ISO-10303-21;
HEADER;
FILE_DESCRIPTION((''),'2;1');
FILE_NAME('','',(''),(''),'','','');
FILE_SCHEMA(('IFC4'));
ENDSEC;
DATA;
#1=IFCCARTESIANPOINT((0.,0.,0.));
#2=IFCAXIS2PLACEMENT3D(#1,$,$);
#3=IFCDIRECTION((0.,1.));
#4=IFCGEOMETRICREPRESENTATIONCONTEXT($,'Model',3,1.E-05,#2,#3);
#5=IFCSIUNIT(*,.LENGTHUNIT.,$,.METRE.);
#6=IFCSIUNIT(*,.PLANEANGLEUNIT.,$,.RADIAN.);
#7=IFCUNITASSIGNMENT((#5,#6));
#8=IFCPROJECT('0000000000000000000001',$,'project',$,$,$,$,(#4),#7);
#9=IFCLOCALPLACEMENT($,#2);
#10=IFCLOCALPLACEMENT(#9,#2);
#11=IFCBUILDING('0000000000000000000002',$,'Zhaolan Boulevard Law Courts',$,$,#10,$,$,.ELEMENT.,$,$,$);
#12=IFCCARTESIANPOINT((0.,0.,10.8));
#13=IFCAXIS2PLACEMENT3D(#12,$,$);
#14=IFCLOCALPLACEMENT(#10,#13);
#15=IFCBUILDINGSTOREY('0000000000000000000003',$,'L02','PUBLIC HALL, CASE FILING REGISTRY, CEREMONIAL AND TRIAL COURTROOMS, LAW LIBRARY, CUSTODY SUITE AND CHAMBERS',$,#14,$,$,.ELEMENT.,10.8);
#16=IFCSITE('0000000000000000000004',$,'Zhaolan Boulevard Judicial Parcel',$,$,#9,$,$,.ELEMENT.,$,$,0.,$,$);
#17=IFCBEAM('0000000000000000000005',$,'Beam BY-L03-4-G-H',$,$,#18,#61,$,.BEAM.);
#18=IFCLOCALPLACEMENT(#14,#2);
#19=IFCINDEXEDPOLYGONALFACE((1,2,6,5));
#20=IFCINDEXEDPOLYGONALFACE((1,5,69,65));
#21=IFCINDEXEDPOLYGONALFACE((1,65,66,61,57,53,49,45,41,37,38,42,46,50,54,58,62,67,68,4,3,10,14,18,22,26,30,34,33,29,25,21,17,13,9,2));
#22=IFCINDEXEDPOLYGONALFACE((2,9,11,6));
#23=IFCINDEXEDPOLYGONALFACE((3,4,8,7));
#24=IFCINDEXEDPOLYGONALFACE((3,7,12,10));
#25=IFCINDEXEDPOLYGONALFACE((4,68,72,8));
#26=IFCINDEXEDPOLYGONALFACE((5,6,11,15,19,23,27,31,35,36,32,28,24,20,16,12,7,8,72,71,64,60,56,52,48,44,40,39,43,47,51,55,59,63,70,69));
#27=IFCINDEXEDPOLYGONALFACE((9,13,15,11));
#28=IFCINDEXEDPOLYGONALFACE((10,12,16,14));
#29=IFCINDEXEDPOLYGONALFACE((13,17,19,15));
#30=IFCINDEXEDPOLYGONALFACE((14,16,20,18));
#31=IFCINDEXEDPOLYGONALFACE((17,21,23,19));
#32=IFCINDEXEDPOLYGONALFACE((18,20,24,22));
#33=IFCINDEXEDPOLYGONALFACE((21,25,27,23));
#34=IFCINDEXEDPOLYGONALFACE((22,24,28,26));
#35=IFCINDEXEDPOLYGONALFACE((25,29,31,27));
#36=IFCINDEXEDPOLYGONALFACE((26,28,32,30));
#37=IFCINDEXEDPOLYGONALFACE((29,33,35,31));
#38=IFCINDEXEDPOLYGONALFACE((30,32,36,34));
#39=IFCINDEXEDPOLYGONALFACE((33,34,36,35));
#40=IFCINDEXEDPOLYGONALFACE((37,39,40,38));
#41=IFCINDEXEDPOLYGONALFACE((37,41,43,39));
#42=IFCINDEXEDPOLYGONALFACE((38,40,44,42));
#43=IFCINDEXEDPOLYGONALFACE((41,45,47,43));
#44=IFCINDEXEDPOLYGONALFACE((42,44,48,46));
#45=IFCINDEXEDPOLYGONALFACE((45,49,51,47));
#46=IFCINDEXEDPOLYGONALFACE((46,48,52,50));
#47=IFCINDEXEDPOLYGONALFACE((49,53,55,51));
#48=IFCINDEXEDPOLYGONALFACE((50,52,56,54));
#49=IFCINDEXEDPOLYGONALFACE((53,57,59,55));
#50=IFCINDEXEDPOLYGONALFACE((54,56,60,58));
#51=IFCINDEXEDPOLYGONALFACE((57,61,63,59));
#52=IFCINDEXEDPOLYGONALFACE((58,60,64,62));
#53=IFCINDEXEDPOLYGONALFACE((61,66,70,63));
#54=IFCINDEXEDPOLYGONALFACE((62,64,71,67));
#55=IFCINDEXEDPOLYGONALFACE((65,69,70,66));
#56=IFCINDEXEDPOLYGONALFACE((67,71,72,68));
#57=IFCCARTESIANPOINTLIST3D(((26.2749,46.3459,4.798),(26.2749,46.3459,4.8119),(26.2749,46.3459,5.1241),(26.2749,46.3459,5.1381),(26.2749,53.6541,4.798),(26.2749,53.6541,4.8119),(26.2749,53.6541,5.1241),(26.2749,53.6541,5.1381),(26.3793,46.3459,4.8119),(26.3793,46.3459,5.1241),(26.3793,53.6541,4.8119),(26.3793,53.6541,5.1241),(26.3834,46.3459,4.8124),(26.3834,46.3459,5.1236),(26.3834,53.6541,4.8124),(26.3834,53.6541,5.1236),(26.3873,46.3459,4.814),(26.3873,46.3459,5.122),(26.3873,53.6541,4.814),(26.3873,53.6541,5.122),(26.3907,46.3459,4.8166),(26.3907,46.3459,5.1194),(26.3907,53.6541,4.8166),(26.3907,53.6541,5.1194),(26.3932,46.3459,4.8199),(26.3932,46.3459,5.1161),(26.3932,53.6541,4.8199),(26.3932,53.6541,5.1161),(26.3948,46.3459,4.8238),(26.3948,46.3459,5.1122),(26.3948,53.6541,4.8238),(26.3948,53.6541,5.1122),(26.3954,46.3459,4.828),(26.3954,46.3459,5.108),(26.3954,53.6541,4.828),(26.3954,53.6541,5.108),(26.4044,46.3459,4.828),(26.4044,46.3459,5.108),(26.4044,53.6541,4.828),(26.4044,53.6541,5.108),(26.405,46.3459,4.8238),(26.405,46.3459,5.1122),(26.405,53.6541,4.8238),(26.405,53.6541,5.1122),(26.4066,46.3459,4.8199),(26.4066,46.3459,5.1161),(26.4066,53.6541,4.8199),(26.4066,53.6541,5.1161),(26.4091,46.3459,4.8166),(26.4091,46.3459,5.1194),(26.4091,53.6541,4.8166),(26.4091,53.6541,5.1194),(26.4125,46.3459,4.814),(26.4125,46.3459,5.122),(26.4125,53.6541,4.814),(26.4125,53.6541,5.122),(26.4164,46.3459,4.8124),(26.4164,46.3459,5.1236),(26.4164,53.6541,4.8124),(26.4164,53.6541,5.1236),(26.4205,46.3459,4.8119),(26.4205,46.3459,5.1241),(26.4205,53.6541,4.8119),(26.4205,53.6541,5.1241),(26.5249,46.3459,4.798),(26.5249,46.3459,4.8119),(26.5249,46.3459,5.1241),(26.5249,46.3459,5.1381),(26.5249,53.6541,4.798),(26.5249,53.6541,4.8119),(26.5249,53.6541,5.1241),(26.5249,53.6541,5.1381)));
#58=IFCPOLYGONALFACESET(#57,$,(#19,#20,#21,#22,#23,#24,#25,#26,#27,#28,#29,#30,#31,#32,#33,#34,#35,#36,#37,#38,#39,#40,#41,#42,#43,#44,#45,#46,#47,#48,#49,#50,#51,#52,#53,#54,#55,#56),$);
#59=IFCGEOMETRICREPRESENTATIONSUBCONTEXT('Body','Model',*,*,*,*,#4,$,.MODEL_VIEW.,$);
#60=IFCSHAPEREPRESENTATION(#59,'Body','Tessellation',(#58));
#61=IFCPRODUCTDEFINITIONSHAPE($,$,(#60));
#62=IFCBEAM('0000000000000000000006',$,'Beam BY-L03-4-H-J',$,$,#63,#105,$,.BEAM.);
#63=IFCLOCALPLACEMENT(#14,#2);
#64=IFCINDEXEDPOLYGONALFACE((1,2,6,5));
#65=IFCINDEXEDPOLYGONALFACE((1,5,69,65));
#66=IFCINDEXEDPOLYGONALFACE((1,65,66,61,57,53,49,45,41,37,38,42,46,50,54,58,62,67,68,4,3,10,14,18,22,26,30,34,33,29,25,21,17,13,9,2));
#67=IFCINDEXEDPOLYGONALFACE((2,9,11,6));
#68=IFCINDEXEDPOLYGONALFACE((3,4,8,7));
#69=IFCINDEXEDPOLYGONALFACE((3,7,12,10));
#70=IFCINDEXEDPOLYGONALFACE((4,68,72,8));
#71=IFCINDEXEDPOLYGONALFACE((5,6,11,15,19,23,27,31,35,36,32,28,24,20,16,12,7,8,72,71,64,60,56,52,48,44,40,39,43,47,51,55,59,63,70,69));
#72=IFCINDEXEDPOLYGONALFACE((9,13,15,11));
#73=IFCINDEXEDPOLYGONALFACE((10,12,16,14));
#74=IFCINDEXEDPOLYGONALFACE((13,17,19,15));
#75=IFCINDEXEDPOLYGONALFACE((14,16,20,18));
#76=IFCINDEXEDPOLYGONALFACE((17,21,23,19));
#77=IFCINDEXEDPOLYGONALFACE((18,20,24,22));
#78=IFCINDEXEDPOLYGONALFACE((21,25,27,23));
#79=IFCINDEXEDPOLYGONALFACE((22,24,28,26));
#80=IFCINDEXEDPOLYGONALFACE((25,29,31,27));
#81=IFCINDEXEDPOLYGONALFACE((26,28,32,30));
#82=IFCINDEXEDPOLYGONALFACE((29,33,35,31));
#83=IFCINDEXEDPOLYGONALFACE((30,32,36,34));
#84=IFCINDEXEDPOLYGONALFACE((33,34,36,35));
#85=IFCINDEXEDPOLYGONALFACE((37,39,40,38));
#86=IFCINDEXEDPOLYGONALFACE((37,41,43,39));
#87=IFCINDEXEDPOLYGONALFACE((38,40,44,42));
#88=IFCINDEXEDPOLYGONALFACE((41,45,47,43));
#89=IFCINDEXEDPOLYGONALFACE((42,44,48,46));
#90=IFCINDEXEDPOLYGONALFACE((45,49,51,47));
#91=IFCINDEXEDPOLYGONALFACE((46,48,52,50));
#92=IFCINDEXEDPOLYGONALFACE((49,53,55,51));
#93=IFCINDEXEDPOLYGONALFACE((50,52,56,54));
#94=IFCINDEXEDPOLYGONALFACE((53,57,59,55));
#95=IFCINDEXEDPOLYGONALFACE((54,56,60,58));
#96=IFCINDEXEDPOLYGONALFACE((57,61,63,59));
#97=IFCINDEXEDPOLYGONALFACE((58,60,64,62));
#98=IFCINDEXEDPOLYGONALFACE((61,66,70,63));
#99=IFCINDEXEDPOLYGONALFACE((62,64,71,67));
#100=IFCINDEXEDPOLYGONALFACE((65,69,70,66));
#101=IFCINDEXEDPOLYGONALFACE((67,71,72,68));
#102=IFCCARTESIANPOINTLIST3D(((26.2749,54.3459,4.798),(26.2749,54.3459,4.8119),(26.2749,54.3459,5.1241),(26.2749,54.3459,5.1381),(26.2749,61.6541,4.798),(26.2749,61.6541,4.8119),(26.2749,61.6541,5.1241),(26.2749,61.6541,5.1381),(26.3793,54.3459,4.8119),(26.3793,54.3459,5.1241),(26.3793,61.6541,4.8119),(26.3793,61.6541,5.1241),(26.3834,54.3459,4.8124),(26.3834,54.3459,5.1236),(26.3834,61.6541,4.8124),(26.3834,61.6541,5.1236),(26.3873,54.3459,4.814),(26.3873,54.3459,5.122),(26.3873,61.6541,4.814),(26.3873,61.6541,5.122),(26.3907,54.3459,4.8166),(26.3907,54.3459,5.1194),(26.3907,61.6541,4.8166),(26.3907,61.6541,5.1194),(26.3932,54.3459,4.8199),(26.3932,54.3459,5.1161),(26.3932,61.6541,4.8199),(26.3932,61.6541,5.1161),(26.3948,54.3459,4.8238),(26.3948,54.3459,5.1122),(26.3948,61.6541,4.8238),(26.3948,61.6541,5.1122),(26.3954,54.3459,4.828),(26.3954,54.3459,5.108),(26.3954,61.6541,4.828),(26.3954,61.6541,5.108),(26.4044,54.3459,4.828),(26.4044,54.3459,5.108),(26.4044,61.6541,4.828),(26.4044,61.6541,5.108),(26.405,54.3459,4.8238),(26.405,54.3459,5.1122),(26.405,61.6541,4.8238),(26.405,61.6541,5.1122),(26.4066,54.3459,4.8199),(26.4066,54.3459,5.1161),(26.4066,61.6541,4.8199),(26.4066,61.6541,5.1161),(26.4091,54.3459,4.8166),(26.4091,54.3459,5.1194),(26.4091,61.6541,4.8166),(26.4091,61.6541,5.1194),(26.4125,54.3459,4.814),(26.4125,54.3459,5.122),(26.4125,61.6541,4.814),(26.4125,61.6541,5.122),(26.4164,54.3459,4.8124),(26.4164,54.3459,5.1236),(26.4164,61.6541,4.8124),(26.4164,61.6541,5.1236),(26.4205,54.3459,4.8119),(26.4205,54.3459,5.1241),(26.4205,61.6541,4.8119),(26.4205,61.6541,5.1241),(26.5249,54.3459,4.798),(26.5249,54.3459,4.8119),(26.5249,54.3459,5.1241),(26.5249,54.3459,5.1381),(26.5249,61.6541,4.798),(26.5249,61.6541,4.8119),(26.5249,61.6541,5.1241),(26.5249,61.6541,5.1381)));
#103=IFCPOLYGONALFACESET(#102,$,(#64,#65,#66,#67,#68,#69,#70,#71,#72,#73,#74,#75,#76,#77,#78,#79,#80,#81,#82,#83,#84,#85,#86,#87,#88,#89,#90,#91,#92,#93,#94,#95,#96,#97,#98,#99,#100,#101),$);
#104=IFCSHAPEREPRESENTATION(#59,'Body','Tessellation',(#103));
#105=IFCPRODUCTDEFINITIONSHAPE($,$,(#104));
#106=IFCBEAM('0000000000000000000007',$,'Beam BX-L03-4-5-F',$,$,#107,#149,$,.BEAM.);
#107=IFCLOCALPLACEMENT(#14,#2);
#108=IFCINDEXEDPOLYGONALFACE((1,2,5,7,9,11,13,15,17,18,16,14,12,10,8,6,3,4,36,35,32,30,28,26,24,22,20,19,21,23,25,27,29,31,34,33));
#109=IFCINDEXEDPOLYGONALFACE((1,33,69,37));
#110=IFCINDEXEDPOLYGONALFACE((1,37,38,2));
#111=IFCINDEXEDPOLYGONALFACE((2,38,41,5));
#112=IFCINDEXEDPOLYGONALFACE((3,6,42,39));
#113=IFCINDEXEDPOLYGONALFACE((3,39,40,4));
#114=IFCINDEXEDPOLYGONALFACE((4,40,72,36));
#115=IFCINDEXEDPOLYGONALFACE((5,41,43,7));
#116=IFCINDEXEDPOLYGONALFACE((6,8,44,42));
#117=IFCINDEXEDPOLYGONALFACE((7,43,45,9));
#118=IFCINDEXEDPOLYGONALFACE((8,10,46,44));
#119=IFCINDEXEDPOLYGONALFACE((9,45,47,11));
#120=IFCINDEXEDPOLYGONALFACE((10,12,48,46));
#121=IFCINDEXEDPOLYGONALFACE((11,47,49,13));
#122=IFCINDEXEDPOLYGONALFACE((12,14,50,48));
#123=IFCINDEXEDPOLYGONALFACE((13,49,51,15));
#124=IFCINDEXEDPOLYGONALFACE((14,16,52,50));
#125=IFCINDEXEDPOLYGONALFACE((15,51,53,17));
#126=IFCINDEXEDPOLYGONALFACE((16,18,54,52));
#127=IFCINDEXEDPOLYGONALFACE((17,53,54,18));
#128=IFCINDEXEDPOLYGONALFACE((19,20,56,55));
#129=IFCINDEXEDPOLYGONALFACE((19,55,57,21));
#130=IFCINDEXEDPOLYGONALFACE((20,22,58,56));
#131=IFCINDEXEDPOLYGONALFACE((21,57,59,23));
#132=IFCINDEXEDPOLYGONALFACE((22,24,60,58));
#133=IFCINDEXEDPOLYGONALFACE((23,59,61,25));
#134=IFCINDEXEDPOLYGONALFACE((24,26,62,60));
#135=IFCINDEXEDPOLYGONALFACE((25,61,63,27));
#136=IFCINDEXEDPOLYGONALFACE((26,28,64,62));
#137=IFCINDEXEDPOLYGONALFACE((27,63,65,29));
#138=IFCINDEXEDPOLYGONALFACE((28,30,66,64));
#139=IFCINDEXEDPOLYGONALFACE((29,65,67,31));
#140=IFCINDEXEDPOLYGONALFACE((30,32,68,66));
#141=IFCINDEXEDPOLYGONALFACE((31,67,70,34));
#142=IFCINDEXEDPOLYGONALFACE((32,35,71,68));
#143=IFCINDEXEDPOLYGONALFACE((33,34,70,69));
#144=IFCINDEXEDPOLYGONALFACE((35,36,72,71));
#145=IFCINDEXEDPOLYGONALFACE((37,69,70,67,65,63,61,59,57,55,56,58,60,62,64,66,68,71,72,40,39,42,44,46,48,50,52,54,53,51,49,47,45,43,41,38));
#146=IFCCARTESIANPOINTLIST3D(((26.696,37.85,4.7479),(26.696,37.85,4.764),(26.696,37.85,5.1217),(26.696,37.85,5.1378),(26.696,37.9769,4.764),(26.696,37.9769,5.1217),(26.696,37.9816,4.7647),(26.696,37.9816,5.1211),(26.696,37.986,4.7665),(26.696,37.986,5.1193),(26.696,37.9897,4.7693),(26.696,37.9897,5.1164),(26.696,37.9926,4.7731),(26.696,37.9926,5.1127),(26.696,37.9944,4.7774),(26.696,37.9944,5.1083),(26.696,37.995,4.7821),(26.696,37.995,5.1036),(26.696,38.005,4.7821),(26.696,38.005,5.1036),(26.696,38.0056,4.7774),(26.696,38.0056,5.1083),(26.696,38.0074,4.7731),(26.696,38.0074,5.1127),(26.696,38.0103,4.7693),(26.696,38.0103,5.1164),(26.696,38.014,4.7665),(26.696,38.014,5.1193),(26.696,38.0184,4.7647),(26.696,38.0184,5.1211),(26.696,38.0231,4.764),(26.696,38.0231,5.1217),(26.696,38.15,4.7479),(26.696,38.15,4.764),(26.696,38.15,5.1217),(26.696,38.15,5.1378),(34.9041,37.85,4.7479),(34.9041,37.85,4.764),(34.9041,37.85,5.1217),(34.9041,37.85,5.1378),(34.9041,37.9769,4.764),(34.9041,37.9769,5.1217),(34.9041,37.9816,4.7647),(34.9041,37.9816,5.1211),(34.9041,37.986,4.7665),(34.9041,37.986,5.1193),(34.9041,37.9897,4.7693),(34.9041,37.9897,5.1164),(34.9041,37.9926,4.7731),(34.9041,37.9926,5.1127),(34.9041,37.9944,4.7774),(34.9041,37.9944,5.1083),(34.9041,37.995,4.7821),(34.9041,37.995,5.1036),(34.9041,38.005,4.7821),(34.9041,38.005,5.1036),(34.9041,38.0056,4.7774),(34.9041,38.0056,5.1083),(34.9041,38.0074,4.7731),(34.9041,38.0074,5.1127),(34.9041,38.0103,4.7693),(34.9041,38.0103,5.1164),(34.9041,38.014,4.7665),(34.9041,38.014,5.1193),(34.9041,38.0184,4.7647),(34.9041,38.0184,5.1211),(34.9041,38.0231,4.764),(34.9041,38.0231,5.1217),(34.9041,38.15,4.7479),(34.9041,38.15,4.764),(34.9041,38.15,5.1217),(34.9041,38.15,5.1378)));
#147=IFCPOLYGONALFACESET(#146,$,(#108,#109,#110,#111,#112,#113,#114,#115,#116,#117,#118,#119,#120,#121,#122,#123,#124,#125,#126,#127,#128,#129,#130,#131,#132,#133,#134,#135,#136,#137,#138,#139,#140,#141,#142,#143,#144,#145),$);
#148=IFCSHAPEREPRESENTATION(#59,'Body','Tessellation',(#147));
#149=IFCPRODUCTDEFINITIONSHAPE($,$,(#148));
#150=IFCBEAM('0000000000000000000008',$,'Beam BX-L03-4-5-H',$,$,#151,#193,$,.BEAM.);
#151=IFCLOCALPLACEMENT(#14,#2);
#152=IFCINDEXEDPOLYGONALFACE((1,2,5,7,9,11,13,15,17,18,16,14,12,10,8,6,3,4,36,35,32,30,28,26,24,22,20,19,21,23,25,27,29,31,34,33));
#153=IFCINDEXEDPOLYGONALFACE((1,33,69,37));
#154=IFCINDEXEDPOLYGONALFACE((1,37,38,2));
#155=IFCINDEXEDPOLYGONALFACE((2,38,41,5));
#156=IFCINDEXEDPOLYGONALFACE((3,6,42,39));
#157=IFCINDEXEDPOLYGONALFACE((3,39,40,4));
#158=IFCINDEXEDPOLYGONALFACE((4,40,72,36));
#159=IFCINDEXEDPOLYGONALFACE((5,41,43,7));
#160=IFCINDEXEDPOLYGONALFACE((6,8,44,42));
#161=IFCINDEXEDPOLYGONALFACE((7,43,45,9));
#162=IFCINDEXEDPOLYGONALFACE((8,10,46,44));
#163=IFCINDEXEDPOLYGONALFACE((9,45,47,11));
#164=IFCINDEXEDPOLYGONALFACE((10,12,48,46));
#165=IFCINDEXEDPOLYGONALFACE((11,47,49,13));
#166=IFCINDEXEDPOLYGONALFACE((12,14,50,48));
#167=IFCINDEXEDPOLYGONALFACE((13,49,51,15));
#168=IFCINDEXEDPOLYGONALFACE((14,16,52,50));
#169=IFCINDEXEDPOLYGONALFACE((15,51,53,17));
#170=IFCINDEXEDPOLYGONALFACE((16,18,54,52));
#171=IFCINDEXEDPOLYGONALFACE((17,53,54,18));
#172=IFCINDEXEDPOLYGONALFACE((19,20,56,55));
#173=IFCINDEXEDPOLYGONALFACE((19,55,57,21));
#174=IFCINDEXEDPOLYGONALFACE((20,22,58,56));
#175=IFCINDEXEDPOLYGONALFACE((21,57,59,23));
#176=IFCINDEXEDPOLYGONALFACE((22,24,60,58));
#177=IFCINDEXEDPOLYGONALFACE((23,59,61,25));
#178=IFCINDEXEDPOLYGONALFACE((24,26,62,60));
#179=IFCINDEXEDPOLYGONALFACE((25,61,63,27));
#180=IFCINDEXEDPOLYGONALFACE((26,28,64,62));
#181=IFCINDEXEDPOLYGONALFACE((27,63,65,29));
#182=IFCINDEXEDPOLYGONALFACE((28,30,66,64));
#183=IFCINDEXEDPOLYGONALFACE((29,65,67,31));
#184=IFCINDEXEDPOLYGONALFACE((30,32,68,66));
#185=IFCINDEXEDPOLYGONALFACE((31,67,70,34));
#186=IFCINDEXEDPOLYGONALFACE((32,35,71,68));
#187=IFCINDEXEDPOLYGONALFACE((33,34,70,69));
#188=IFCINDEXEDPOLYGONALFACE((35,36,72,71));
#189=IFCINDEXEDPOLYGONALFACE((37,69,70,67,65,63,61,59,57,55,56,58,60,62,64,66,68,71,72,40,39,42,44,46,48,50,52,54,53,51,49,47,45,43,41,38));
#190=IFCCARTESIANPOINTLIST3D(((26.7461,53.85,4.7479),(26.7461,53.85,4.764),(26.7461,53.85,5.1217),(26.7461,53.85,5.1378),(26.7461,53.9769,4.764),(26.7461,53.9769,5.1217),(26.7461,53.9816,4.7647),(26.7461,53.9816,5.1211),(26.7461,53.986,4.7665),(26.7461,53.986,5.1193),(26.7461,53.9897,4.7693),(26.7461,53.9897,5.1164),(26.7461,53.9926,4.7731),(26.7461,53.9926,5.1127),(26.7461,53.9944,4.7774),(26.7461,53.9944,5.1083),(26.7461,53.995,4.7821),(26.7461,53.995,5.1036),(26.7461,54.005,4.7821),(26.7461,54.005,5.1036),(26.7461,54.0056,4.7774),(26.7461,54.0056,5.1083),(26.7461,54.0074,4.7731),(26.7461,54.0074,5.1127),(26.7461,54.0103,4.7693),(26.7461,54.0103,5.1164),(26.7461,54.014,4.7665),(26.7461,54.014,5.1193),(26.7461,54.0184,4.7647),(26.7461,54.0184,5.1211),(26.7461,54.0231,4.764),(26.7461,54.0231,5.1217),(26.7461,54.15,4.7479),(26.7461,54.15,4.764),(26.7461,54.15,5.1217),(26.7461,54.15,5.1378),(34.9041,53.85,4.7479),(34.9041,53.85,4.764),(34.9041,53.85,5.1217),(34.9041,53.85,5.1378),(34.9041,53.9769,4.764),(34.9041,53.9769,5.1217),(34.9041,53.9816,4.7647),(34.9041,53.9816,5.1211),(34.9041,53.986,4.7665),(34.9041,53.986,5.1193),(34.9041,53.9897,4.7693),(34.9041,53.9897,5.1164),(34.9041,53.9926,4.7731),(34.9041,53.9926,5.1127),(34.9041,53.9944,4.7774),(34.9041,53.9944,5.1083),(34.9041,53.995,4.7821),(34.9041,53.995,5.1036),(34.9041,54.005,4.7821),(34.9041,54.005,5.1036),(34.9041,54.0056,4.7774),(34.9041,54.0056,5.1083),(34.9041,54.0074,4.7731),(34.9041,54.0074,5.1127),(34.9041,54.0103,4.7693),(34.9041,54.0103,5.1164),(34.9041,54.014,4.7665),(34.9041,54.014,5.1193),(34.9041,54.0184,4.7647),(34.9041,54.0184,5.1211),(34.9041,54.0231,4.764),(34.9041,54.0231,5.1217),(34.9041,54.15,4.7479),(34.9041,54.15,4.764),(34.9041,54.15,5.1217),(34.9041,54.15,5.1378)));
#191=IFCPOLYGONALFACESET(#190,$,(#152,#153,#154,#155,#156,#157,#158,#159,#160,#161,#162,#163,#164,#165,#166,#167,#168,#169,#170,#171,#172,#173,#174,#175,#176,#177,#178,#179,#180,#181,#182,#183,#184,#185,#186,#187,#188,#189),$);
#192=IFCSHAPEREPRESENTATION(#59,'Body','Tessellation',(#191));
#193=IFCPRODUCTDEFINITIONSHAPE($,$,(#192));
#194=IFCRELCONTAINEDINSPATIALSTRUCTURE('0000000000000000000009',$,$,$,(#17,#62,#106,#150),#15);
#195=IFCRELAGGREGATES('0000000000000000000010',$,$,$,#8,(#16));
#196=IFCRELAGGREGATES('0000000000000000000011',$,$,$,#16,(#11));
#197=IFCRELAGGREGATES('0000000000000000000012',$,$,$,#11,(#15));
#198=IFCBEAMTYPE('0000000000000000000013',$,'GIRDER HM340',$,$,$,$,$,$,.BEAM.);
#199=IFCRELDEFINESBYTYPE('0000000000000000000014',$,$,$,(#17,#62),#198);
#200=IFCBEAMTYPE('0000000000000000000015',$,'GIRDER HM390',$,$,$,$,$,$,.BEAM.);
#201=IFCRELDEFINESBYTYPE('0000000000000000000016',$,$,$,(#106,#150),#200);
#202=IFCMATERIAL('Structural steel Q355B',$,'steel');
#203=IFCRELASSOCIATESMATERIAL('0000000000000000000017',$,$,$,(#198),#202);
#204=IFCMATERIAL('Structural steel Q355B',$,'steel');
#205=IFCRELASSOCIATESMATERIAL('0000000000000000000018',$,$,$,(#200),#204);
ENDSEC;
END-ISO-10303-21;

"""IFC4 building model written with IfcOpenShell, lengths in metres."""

from ifc_helpers import new_model, si_unit, direction, frame, origin, origin_2d, place, context, subcontext, project, spatial, i_section, extrude, material, material_profile, profile_set, type_object, element, save


model = new_model("IFC4")

# Units and contexts
model_context = context("Model", 3, precision=1e-05, world=origin(), true_north=direction((0.0, 1.0)))
body_context = subcontext(model_context, "Body", "Model", "MODEL_VIEW")
ifc_project = project(units=[si_unit("LENGTHUNIT", "METRE"), si_unit("PLANEANGLEUNIT", "RADIAN")], contexts=[model_context])

# Site, building, storey
site_placement = place(None, origin())
site = spatial("IfcSite", under=ifc_project, at=site_placement, Name="Zhaolan Boulevard Judicial Parcel", CompositionType="ELEMENT", RefElevation=0.0)
building_placement = place(site_placement, origin())
building = spatial("IfcBuilding", under=site, at=building_placement, Name="Zhaolan Boulevard Law Courts", CompositionType="ELEMENT")
storey_placement = place(building_placement, frame((0.0, 0.0, 10.8)))
storey = spatial("IfcBuildingStorey", under=building, at=storey_placement, Name="L02", Description="PUBLIC HALL, CASE FILING REGISTRY, CEREMONIAL AND TRIAL COURTROOMS, LAW LIBRARY, CUSTODY SUITE AND CHAMBERS", CompositionType="ELEMENT", Elevation=10.8)

# Beams
ifc_material_1 = material(Name="Structural steel Q355B", Category="steel")
ifc_material_profile_1 = material_profile(ifc_material_1, i_section(OverallWidth=0.25, OverallDepth=0.3401, WebThickness=0.009, FlangeThickness=0.0139, FilletRadius=0.0161, at=origin_2d()), Name="HM340x250")
ifc_profile_set_1 = profile_set([ifc_material_profile_1], Name="Structural steel Q355B")
beam_type_1 = type_object("IfcBeamType", Name="GIRDER HM340", PredefinedType="BEAM", material=ifc_profile_set_1)
for number, where, z_axis, x_axis, name in (
    (1, (26.3999, 46.3459, 4.968), (0.0, 1.0, 0.0), (-1.0, 0.0, 0.0), "Beam BY-L03-4-G-H"),
    (2, (26.3999, 54.3459, 4.968), (0.0, 1.0, 0.0), (-1.0, 0.0, 0.0), "Beam BY-L03-4-H-J"),
):
    element("IfcBeam", number, at=place(storey_placement, frame(where, z_axis=z_axis, x_axis=x_axis)), inside=storey, type_object=beam_type_1, Name=name, PredefinedType="BEAM", context=body_context, shape_type="SweptSolid", body=[
        extrude(i_section(OverallWidth=0.25, OverallDepth=0.3401, WebThickness=0.009, FlangeThickness=0.0139, FilletRadius=0.0161, at=origin_2d()), origin(), (0.0, 0.0, 1.0), 7.3081),
    ])
ifc_material_2 = material(Name="Structural steel Q355B", Category="steel")
ifc_material_profile_2 = material_profile(ifc_material_2, i_section(OverallWidth=0.3, OverallDepth=0.3899, WebThickness=0.01, FlangeThickness=0.0161, FilletRadius=0.0181, at=origin_2d()), Name="HM390x300")
ifc_profile_set_2 = profile_set([ifc_material_profile_2], Name="Structural steel Q355B")
beam_type_2 = type_object("IfcBeamType", Name="GIRDER HM390", PredefinedType="BEAM", material=ifc_profile_set_2)
beam_1_placement = place(storey_placement, frame((26.696, 38.0, 4.9429), z_axis=(1.0, 0.0, 0.0), x_axis=(0.0, 1.0, 0.0)))
element("IfcBeam", 3, at=beam_1_placement, inside=storey, type_object=beam_type_2, Name="Beam BX-L03-4-5-F", PredefinedType="BEAM", context=body_context, shape_type="SweptSolid", body=[
    extrude(i_section(OverallWidth=0.3, OverallDepth=0.3899, WebThickness=0.01, FlangeThickness=0.0161, FilletRadius=0.0181, at=origin_2d()), origin(), (0.0, 0.0, 1.0), 8.208),
])
beam_2_placement = place(storey_placement, frame((26.7461, 54.0, 4.9429), z_axis=(1.0, 0.0, 0.0), x_axis=(0.0, 1.0, 0.0)))
element("IfcBeam", 4, at=beam_2_placement, inside=storey, type_object=beam_type_2, Name="Beam BX-L03-4-5-H", PredefinedType="BEAM", context=body_context, shape_type="SweptSolid", body=[
    extrude(i_section(OverallWidth=0.3, OverallDepth=0.3899, WebThickness=0.01, FlangeThickness=0.0161, FilletRadius=0.0181, at=origin_2d()), origin(), (0.0, 0.0, 1.0), 8.158),
])

save(model, "model.ifc")
